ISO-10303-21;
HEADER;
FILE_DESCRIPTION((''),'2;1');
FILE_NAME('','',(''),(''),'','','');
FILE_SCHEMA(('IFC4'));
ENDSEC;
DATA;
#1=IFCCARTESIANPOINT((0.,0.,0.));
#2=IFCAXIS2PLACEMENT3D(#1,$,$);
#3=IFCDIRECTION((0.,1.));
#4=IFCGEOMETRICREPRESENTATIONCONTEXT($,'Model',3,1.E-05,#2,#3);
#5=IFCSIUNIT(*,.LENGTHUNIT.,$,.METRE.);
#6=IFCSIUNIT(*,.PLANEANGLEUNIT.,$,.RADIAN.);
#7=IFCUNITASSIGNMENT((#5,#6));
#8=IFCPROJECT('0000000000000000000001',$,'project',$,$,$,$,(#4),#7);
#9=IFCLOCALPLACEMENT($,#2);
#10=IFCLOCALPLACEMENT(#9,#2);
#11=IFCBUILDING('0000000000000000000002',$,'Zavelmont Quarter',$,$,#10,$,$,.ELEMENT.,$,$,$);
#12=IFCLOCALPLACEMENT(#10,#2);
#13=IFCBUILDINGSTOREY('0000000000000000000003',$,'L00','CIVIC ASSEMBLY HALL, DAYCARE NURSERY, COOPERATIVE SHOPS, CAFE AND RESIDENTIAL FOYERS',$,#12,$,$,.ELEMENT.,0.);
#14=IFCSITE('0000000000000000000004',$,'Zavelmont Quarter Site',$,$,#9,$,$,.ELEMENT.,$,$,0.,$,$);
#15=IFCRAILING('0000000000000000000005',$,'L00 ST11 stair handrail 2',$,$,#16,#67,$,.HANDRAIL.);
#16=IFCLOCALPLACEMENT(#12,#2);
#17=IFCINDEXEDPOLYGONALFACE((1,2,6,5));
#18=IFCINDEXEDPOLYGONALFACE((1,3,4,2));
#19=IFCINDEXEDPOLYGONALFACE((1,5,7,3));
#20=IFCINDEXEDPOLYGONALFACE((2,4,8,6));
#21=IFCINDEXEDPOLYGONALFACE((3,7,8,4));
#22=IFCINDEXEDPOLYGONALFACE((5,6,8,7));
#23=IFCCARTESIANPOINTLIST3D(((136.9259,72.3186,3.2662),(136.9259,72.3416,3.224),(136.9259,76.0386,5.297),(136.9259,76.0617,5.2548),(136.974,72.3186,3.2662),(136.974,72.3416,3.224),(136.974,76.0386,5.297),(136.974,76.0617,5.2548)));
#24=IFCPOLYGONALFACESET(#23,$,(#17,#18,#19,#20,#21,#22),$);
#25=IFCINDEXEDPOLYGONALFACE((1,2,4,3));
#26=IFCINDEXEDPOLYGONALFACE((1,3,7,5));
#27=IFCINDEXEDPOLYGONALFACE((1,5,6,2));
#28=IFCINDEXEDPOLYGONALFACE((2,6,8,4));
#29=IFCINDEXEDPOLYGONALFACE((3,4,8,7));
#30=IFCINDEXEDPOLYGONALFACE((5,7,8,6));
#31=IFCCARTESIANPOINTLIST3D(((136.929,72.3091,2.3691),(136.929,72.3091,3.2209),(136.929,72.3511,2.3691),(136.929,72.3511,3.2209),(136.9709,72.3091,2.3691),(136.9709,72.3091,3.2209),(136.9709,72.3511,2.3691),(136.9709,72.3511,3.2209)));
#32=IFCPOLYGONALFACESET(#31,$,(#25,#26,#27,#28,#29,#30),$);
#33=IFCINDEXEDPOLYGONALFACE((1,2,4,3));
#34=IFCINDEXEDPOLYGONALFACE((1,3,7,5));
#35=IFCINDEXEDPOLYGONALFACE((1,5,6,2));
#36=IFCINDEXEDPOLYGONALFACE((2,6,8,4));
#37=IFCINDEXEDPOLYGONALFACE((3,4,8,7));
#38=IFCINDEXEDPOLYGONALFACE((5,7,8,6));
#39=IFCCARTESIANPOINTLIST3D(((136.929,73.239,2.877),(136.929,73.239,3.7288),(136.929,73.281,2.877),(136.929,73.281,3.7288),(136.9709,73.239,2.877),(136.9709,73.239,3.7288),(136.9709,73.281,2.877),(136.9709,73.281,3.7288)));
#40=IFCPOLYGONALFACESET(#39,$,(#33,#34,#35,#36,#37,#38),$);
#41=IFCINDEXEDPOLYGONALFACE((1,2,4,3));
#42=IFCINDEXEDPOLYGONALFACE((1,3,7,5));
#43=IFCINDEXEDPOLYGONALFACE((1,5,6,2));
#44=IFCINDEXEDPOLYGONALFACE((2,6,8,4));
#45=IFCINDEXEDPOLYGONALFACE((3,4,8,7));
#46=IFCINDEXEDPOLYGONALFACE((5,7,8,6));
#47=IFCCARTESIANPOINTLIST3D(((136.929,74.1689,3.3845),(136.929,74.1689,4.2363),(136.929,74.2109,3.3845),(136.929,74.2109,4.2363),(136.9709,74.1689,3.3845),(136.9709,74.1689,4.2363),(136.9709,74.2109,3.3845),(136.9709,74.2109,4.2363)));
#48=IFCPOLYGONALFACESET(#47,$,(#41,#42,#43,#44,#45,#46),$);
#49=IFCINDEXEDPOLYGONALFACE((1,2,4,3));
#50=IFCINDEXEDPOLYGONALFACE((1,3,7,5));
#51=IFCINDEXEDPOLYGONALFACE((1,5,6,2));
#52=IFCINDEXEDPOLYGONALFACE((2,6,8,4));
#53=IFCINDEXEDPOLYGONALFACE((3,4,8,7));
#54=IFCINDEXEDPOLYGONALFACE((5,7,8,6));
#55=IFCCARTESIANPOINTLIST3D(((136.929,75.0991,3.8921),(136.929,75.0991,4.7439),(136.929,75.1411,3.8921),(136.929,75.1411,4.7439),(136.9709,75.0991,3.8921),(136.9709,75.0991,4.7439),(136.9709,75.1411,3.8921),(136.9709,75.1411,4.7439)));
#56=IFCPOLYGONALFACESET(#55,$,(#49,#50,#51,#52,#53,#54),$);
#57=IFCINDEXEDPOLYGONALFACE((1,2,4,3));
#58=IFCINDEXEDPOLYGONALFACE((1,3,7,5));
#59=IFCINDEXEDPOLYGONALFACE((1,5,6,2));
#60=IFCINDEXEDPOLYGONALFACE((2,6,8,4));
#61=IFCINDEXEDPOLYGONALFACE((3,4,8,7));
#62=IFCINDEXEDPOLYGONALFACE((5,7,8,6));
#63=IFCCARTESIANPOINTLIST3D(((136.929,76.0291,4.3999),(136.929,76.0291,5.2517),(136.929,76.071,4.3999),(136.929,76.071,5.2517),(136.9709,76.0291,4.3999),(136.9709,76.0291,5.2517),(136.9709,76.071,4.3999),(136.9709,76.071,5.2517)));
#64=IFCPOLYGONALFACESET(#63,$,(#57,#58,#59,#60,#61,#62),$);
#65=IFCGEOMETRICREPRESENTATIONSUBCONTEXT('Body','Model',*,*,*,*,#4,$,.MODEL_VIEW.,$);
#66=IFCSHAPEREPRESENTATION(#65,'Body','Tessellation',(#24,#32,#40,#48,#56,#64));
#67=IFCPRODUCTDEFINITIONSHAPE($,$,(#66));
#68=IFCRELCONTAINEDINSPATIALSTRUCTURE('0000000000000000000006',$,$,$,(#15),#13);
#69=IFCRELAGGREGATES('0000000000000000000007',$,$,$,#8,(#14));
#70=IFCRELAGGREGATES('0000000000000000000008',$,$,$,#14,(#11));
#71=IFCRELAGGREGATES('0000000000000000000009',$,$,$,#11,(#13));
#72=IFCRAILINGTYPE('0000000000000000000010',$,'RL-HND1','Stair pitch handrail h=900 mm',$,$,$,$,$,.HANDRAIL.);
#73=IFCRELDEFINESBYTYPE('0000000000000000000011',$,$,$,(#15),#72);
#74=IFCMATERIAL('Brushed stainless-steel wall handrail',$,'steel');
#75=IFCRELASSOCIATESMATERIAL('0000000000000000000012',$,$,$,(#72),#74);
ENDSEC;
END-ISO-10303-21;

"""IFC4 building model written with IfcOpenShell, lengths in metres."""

from ifc_helpers import new_model, si_unit, direction, frame, origin, origin_2d, place, context, subcontext, project, spatial, rectangle, extrude, material, type_object, element, save


model = new_model("IFC4")

# Units and contexts
model_context = context("Model", 3, precision=1e-05, world=origin(), true_north=direction((0.0, 1.0)))
body_context = subcontext(model_context, "Body", "Model", "MODEL_VIEW")
ifc_project = project(units=[si_unit("LENGTHUNIT", "METRE"), si_unit("PLANEANGLEUNIT", "RADIAN")], contexts=[model_context])

# Site, building, storey
site_placement = place(None, origin())
site = spatial("IfcSite", under=ifc_project, at=site_placement, Name="Zavelmont Quarter Site", CompositionType="ELEMENT", RefElevation=0.0)
building_placement = place(site_placement, origin())
building = spatial("IfcBuilding", under=site, at=building_placement, Name="Zavelmont Quarter", CompositionType="ELEMENT")
storey_placement = place(building_placement, origin())
storey = spatial("IfcBuildingStorey", under=building, at=storey_placement, Name="L00", Description="CIVIC ASSEMBLY HALL, DAYCARE NURSERY, COOPERATIVE SHOPS, CAFE AND RESIDENTIAL FOYERS", CompositionType="ELEMENT", Elevation=0.0)

# Railing
ifc_material_1 = material(Name="Brushed stainless-steel wall handrail", Category="steel")
railing_type_1 = type_object("IfcRailingType", Name="RL-HND1", Description="Stair pitch handrail h=900 mm", PredefinedType="HANDRAIL", material=ifc_material_1)
railing_1_placement = place(storey_placement, frame((136.95, 72.3301, 2.3691)))
element("IfcRailing", 1, at=railing_1_placement, inside=storey, type_object=railing_type_1, Name="L00 ST11 stair handrail 2", PredefinedType="HANDRAIL", context=body_context, shape_type="SweptSolid", body=[
    extrude(rectangle(XDim=0.0481, YDim=0.0481, at=origin_2d()), frame((0.0, 0.0, 0.876), z_axis=(0.0, 0.877728, 0.479159), x_axis=(-1.0, 0.0, 0.0)), (0.0, 0.0, 1.0), 4.2383),
    extrude(rectangle(XDim=0.042, YDim=0.042, at=origin_2d()), origin(), (0.0, 0.0, 1.0), 0.8518),
    extrude(rectangle(XDim=0.042, YDim=0.042, at=origin_2d()), frame((0.0, 0.9299, 0.5078)), (0.0, 0.0, 1.0), 0.8518),
    extrude(rectangle(XDim=0.042, YDim=0.042, at=origin_2d()), frame((0.0, 1.8599, 1.0154)), (0.0, 0.0, 1.0), 0.8518),
    extrude(rectangle(XDim=0.042, YDim=0.042, at=origin_2d()), frame((0.0, 2.79, 1.5229)), (0.0, 0.0, 1.0), 0.8518),
    extrude(rectangle(XDim=0.042, YDim=0.042, at=origin_2d()), frame((0.0, 3.72, 2.0308)), (0.0, 0.0, 1.0), 0.8518),
])

save(model, "model.ifc")
